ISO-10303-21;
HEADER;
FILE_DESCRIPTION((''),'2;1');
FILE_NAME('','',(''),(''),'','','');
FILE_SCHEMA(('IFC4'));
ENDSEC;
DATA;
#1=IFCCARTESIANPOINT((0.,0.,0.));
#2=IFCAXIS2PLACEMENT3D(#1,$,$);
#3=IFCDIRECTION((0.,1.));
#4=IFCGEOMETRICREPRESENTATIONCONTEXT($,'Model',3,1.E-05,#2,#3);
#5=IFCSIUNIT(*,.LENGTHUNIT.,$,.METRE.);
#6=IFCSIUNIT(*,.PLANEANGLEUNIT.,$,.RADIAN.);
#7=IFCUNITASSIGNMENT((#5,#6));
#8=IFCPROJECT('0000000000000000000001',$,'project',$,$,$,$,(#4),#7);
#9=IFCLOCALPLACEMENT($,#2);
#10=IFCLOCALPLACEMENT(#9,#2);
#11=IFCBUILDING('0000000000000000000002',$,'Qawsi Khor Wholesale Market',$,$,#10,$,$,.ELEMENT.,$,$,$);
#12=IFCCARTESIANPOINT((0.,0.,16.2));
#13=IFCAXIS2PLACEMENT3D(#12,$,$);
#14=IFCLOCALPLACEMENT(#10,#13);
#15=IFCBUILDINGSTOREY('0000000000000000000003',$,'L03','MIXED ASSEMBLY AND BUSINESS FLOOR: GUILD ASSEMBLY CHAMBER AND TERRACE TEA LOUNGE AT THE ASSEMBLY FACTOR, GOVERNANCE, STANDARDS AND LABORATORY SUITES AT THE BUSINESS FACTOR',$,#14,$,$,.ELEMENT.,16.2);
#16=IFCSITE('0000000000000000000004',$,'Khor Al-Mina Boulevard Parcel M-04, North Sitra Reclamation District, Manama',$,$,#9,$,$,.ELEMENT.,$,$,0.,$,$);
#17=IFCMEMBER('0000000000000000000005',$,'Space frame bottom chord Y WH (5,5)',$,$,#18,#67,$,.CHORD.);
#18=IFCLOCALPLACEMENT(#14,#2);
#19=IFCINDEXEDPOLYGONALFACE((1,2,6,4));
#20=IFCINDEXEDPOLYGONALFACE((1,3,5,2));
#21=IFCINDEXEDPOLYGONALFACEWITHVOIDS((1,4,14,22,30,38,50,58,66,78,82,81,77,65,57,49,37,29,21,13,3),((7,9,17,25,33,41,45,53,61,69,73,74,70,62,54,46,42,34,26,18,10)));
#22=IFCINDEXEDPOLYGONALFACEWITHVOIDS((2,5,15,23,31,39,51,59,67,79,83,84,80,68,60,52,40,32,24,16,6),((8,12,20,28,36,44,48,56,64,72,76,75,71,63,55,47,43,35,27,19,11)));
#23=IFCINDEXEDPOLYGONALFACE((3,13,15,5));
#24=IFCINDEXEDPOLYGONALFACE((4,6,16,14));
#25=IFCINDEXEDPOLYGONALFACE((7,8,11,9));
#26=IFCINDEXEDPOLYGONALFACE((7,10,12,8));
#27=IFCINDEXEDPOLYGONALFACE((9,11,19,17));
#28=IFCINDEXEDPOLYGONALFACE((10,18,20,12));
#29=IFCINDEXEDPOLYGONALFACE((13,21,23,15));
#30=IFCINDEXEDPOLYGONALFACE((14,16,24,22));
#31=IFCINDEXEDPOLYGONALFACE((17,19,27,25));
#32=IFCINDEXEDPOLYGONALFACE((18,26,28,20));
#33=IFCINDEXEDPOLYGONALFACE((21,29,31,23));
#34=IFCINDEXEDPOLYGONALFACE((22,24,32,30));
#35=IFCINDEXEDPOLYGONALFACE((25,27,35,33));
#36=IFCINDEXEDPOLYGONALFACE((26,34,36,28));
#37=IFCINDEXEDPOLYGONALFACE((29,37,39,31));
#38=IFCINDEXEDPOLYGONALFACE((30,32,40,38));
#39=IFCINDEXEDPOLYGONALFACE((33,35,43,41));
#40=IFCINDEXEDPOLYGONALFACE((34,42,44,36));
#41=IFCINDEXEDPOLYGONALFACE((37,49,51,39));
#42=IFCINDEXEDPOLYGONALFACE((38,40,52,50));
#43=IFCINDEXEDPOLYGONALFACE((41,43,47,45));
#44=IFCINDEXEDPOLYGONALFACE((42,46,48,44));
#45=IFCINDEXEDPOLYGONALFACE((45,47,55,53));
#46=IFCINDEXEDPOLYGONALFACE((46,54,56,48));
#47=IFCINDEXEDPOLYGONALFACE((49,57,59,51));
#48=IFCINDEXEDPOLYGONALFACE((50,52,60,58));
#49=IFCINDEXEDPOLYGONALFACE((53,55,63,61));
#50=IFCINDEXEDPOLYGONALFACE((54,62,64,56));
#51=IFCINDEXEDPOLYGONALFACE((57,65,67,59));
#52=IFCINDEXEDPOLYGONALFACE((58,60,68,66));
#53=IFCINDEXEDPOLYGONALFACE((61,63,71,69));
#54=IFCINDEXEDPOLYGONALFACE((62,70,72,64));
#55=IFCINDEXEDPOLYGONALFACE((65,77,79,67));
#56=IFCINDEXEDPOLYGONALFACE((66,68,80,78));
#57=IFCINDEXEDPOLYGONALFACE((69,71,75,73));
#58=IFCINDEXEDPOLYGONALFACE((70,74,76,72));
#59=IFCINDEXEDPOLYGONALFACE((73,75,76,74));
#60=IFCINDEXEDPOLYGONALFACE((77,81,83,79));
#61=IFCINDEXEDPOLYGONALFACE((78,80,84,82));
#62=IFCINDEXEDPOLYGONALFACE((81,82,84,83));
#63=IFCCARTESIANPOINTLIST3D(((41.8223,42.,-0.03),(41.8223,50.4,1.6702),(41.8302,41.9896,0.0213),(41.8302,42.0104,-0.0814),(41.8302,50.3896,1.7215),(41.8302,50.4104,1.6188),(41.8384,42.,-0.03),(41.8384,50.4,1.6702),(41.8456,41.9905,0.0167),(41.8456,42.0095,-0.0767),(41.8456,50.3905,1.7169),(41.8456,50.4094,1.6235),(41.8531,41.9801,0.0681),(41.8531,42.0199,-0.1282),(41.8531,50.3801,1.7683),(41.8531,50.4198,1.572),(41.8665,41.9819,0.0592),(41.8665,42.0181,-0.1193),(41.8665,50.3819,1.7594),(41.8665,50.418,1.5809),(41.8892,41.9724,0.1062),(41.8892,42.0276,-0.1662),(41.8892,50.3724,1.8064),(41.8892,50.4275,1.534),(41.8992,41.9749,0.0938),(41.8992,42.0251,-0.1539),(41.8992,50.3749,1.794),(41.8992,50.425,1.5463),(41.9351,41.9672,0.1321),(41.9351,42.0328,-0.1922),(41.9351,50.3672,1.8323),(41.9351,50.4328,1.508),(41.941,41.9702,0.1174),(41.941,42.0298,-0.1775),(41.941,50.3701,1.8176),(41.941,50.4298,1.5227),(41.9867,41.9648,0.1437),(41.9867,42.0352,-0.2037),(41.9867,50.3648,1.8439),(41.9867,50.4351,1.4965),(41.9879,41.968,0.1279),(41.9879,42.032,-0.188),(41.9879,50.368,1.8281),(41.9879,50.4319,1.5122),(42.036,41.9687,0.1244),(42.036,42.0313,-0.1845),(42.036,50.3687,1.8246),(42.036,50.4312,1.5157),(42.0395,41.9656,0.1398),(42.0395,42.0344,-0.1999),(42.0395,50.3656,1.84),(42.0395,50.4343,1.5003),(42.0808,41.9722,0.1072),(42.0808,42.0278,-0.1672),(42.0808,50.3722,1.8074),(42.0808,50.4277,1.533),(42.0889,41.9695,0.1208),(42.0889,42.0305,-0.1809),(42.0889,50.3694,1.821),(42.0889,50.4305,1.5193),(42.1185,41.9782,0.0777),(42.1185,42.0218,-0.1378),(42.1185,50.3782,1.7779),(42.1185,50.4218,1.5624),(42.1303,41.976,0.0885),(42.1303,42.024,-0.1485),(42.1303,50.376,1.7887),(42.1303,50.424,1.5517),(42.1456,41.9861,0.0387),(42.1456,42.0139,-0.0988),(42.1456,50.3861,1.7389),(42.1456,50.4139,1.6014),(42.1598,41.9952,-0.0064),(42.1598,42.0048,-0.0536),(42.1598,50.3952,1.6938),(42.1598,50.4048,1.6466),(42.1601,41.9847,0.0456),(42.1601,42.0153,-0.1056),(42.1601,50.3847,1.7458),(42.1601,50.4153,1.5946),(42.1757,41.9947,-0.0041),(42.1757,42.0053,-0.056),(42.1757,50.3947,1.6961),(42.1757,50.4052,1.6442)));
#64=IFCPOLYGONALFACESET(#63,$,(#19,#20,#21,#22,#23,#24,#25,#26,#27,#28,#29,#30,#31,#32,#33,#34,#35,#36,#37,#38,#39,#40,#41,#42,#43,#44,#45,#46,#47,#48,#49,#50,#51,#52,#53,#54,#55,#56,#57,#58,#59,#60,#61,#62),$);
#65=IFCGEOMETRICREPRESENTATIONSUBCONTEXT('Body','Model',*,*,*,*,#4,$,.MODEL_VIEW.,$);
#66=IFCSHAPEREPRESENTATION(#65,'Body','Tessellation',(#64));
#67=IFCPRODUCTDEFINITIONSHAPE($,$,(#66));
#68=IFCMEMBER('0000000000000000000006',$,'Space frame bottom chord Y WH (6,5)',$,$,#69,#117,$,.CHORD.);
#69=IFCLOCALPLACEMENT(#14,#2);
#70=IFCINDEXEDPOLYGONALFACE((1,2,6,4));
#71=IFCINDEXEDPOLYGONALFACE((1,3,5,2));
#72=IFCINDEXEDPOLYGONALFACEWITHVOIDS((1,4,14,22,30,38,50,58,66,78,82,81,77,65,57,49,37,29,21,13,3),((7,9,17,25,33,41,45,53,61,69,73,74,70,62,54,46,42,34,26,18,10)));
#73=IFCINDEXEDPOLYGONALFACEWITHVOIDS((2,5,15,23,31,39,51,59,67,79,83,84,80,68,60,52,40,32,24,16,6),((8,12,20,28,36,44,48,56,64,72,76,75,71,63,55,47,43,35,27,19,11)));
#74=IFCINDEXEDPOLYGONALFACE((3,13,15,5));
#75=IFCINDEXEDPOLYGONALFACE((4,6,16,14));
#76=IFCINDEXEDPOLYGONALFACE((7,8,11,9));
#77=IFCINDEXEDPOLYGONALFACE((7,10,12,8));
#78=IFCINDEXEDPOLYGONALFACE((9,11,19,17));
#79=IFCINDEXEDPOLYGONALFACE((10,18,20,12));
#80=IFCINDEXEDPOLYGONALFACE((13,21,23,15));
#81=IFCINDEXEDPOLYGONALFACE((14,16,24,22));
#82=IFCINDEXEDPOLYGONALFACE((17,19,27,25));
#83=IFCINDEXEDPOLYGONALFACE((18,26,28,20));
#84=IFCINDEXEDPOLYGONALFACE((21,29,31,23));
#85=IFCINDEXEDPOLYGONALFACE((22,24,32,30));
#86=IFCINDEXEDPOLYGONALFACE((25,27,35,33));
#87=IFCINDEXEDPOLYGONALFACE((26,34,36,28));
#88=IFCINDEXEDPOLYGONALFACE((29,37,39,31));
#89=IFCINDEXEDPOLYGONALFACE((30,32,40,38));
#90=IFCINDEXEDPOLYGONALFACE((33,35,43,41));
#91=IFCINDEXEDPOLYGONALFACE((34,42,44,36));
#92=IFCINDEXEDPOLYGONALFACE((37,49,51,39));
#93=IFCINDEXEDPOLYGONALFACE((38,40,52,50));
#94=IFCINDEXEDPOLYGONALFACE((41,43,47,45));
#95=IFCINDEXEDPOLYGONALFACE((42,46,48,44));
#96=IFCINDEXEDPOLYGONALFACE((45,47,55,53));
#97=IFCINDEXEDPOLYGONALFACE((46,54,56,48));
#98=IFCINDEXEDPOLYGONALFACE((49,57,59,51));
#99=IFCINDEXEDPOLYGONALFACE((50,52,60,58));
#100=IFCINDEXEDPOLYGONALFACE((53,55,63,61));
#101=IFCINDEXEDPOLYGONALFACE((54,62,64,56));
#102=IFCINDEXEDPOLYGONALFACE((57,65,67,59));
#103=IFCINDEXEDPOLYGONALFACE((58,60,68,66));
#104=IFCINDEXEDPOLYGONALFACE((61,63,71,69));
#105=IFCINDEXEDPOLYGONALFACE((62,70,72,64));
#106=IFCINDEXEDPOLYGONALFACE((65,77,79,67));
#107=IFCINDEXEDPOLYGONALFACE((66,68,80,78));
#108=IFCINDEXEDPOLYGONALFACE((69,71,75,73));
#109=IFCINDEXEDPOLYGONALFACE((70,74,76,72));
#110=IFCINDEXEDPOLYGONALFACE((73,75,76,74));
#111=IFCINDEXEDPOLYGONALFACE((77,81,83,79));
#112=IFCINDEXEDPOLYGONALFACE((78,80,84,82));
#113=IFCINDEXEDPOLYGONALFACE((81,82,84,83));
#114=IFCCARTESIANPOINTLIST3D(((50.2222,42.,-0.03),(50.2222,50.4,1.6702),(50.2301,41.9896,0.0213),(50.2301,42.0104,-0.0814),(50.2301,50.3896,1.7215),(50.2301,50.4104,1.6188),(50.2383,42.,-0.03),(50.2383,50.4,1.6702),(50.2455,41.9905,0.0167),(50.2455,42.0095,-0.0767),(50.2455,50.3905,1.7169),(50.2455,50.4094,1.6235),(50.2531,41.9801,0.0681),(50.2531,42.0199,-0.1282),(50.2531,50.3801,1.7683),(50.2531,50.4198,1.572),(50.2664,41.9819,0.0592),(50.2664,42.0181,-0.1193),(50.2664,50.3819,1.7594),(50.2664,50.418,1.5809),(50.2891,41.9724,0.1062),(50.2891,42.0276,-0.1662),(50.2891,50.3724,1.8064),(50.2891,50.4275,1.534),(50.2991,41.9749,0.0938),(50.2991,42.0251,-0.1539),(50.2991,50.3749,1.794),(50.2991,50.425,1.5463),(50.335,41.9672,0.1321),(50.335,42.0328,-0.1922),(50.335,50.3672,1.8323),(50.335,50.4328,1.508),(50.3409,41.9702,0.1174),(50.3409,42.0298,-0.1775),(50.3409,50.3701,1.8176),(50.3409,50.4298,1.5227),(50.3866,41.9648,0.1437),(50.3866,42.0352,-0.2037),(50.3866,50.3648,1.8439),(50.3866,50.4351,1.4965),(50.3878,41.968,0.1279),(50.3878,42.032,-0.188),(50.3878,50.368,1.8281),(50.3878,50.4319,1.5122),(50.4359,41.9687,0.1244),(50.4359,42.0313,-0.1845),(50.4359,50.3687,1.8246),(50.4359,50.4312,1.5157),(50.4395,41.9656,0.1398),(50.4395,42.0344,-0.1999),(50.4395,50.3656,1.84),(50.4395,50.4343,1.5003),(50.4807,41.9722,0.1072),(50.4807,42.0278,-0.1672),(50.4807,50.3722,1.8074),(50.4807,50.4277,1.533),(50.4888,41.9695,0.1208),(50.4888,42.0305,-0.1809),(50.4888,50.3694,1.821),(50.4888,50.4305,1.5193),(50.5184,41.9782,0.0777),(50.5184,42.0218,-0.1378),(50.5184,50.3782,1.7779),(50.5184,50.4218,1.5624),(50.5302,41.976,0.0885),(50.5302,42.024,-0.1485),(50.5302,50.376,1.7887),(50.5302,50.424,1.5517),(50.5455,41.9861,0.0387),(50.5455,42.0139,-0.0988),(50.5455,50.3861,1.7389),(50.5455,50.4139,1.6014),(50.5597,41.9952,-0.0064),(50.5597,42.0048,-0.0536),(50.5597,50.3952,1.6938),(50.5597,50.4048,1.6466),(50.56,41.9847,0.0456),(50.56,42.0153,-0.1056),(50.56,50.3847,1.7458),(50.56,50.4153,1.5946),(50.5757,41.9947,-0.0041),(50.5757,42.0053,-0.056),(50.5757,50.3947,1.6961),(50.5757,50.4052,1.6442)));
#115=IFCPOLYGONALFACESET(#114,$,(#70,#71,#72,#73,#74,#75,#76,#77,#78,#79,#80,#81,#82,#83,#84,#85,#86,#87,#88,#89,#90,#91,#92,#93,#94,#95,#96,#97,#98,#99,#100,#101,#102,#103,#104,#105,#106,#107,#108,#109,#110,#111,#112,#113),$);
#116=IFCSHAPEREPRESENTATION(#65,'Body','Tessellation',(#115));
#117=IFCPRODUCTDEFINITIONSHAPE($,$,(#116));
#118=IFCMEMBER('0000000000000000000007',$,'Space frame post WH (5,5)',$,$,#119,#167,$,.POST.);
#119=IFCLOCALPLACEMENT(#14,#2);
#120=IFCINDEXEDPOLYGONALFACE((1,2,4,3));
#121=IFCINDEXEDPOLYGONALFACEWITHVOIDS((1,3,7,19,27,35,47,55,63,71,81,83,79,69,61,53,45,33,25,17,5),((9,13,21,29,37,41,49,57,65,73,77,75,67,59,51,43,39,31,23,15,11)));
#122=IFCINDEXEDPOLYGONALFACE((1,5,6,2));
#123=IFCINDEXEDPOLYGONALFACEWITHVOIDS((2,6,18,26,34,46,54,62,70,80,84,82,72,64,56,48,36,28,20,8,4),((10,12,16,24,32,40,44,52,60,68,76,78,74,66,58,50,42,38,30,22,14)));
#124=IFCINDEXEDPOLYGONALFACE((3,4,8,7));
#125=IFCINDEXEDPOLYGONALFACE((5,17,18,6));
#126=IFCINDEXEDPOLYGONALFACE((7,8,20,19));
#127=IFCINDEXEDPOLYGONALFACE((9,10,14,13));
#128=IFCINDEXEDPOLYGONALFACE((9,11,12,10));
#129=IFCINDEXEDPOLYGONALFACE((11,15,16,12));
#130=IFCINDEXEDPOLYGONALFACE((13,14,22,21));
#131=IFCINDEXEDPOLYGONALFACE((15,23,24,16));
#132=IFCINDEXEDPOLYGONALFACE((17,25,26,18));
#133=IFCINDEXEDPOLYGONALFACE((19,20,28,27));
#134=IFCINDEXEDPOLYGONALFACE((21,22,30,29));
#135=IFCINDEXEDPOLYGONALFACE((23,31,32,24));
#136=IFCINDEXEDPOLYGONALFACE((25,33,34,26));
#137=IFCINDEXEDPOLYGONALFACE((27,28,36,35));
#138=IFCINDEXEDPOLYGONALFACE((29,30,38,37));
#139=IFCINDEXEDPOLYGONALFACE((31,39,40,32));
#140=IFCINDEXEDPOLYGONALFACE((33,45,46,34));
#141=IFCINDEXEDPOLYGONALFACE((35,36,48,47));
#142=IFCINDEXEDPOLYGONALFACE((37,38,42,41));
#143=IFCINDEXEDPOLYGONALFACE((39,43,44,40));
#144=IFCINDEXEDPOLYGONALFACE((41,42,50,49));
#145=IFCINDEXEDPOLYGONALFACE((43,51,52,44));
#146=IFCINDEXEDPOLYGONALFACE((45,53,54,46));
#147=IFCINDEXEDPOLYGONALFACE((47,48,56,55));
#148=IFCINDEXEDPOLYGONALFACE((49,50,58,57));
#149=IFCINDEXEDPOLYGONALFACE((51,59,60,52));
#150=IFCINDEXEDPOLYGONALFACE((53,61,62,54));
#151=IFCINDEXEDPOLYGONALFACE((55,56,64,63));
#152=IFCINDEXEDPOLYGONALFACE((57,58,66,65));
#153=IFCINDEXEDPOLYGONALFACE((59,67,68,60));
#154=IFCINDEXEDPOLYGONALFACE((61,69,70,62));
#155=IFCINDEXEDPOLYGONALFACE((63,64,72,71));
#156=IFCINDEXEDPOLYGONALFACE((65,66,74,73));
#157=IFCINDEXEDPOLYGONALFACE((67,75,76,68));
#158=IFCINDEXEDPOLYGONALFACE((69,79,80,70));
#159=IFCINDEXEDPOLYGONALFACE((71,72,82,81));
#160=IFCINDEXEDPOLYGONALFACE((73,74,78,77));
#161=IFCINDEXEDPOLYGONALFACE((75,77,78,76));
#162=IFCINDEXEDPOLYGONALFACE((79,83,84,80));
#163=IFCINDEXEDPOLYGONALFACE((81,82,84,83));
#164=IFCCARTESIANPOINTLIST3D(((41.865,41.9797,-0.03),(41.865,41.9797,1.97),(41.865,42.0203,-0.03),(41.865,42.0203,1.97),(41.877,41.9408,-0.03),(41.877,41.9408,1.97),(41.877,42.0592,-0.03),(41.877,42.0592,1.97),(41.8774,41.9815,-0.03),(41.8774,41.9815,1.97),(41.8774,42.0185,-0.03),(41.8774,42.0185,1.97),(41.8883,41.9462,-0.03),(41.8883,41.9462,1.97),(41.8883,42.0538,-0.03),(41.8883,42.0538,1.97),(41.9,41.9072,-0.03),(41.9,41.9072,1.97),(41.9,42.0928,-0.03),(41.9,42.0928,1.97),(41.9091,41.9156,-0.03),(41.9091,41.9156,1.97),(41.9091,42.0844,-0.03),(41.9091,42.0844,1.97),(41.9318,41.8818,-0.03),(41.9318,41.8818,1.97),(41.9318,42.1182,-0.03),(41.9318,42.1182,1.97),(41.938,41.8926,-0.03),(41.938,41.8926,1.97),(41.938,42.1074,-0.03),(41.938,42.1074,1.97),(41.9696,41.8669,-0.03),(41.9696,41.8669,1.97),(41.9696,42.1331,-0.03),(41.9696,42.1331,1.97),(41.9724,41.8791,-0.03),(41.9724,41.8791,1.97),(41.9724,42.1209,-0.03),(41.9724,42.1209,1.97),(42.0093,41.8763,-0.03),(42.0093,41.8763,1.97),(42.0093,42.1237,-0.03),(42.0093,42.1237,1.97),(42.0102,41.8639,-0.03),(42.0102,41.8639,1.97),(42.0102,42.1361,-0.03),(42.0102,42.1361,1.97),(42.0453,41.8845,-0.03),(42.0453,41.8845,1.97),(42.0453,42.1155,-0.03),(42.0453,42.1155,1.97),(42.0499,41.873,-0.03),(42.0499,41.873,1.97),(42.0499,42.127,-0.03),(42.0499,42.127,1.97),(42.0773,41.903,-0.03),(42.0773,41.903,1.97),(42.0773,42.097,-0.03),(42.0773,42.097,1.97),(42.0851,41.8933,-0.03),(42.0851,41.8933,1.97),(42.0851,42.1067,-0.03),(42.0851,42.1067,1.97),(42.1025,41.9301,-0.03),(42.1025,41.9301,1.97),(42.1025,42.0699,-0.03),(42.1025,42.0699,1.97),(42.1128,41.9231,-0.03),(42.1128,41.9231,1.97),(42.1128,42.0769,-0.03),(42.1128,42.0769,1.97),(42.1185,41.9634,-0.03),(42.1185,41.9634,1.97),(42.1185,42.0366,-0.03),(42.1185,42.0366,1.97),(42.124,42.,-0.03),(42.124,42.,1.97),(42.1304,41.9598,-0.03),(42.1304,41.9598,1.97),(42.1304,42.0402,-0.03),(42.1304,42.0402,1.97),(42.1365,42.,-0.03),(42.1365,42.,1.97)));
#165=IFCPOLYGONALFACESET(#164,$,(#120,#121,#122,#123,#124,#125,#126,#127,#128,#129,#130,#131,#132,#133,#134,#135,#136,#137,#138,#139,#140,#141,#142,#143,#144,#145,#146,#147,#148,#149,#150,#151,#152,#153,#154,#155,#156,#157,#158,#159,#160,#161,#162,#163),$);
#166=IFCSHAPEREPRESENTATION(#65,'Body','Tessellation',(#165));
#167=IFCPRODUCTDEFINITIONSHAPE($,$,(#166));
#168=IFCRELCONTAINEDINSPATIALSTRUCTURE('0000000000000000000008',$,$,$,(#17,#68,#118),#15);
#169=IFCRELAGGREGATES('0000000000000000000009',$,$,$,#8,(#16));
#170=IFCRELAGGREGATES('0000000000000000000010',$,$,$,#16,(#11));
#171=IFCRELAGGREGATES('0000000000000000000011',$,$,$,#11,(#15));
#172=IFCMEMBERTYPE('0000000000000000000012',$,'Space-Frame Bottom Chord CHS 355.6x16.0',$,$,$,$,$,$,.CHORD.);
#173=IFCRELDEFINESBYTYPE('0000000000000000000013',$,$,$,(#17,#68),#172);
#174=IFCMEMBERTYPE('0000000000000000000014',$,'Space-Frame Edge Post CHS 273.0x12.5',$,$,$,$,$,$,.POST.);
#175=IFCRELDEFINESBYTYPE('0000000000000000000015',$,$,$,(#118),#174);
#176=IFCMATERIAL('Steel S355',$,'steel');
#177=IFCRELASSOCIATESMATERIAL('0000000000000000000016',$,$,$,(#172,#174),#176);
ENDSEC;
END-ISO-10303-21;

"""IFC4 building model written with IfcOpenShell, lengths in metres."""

from ifc_helpers import new_model, si_unit, direction, frame, origin, origin_2d, place, context, subcontext, project, spatial, hollow_circle, extrude, material, material_profile, profile_set, type_object, element, save


model = new_model("IFC4")

# Units and contexts
model_context = context("Model", 3, precision=1e-05, world=origin(), true_north=direction((0.0, 1.0)))
body_context = subcontext(model_context, "Body", "Model", "MODEL_VIEW")
ifc_project = project(units=[si_unit("LENGTHUNIT", "METRE"), si_unit("PLANEANGLEUNIT", "RADIAN")], contexts=[model_context])

# Site, building, storey
site_placement = place(None, origin())
site = spatial("IfcSite", under=ifc_project, at=site_placement, Name="Khor Al-Mina Boulevard Parcel M-04, North Sitra Reclamation District, Manama", CompositionType="ELEMENT", RefElevation=0.0)
building_placement = place(site_placement, origin())
building = spatial("IfcBuilding", under=site, at=building_placement, Name="Qawsi Khor Wholesale Market", CompositionType="ELEMENT")
storey_placement = place(building_placement, frame((0.0, 0.0, 16.2)))
storey = spatial("IfcBuildingStorey", under=building, at=storey_placement, Name="L03", Description="MIXED ASSEMBLY AND BUSINESS FLOOR: GUILD ASSEMBLY CHAMBER AND TERRACE TEA LOUNGE AT THE ASSEMBLY FACTOR, GOVERNANCE, STANDARDS AND LABORATORY SUITES AT THE BUSINESS FACTOR", CompositionType="ELEMENT", Elevation=16.2)

# Shared definitions
ifc_material_1 = material(Name="Steel S355", Category="steel")

# Members
ifc_material_profile_1 = material_profile(ifc_material_1, hollow_circle(Radius=0.1777, WallThickness=0.0161, at=origin_2d()), Name="CHS 355.6x16.0")
ifc_profile_set_1 = profile_set([ifc_material_profile_1], Name="Steel S355")
member_type_1 = type_object("IfcMemberType", Name="Space-Frame Bottom Chord CHS 355.6x16.0", PredefinedType="CHORD", material=ifc_profile_set_1)
for number, where, z_axis, x_axis, name in (
    (1, (42.0, 42.0, -0.03), (0.0, 0.980124, 0.198384), (-1.0, 0.0, 0.0), "Space frame bottom chord Y WH (5,5)"),
    (2, (50.3999, 42.0, -0.03), (0.0, 0.980124, 0.198384), (-1.0, 0.0, 0.0), "Space frame bottom chord Y WH (6,5)"),
):
    element("IfcMember", number, at=place(storey_placement, frame(where, z_axis=z_axis, x_axis=x_axis)), inside=storey, type_object=member_type_1, Name=name, PredefinedType="CHORD", context=body_context, shape_type="SweptSolid", body=[
        extrude(hollow_circle(Radius=0.1777, WallThickness=0.0161, at=origin_2d()), origin(), (0.0, 0.0, 1.0), 8.5703),
    ])
ifc_material_profile_2 = material_profile(ifc_material_1, hollow_circle(Radius=0.1365, WallThickness=0.0125, at=origin_2d()), Name="CHS 273.0x12.5")
ifc_profile_set_2 = profile_set([ifc_material_profile_2], Name="Steel S355")
member_type_2 = type_object("IfcMemberType", Name="Space-Frame Edge Post CHS 273.0x12.5", PredefinedType="POST", material=ifc_profile_set_2)
for number, where, z_axis, x_axis, name in (
    (3, (42.0, 42.0, -0.03), (0.0, 0.0, 1.0), (1.0, 0.0, 0.0), "Space frame post WH (5,5)"),
):
    element("IfcMember", number, at=place(storey_placement, frame(where, z_axis=z_axis, x_axis=x_axis)), inside=storey, type_object=member_type_2, Name=name, PredefinedType="POST", context=body_context, shape_type="SweptSolid", body=[
        extrude(hollow_circle(Radius=0.1365, WallThickness=0.0125, at=origin_2d()), origin(), (0.0, 0.0, 1.0), 2.0),
    ])

save(model, "model.ifc")
